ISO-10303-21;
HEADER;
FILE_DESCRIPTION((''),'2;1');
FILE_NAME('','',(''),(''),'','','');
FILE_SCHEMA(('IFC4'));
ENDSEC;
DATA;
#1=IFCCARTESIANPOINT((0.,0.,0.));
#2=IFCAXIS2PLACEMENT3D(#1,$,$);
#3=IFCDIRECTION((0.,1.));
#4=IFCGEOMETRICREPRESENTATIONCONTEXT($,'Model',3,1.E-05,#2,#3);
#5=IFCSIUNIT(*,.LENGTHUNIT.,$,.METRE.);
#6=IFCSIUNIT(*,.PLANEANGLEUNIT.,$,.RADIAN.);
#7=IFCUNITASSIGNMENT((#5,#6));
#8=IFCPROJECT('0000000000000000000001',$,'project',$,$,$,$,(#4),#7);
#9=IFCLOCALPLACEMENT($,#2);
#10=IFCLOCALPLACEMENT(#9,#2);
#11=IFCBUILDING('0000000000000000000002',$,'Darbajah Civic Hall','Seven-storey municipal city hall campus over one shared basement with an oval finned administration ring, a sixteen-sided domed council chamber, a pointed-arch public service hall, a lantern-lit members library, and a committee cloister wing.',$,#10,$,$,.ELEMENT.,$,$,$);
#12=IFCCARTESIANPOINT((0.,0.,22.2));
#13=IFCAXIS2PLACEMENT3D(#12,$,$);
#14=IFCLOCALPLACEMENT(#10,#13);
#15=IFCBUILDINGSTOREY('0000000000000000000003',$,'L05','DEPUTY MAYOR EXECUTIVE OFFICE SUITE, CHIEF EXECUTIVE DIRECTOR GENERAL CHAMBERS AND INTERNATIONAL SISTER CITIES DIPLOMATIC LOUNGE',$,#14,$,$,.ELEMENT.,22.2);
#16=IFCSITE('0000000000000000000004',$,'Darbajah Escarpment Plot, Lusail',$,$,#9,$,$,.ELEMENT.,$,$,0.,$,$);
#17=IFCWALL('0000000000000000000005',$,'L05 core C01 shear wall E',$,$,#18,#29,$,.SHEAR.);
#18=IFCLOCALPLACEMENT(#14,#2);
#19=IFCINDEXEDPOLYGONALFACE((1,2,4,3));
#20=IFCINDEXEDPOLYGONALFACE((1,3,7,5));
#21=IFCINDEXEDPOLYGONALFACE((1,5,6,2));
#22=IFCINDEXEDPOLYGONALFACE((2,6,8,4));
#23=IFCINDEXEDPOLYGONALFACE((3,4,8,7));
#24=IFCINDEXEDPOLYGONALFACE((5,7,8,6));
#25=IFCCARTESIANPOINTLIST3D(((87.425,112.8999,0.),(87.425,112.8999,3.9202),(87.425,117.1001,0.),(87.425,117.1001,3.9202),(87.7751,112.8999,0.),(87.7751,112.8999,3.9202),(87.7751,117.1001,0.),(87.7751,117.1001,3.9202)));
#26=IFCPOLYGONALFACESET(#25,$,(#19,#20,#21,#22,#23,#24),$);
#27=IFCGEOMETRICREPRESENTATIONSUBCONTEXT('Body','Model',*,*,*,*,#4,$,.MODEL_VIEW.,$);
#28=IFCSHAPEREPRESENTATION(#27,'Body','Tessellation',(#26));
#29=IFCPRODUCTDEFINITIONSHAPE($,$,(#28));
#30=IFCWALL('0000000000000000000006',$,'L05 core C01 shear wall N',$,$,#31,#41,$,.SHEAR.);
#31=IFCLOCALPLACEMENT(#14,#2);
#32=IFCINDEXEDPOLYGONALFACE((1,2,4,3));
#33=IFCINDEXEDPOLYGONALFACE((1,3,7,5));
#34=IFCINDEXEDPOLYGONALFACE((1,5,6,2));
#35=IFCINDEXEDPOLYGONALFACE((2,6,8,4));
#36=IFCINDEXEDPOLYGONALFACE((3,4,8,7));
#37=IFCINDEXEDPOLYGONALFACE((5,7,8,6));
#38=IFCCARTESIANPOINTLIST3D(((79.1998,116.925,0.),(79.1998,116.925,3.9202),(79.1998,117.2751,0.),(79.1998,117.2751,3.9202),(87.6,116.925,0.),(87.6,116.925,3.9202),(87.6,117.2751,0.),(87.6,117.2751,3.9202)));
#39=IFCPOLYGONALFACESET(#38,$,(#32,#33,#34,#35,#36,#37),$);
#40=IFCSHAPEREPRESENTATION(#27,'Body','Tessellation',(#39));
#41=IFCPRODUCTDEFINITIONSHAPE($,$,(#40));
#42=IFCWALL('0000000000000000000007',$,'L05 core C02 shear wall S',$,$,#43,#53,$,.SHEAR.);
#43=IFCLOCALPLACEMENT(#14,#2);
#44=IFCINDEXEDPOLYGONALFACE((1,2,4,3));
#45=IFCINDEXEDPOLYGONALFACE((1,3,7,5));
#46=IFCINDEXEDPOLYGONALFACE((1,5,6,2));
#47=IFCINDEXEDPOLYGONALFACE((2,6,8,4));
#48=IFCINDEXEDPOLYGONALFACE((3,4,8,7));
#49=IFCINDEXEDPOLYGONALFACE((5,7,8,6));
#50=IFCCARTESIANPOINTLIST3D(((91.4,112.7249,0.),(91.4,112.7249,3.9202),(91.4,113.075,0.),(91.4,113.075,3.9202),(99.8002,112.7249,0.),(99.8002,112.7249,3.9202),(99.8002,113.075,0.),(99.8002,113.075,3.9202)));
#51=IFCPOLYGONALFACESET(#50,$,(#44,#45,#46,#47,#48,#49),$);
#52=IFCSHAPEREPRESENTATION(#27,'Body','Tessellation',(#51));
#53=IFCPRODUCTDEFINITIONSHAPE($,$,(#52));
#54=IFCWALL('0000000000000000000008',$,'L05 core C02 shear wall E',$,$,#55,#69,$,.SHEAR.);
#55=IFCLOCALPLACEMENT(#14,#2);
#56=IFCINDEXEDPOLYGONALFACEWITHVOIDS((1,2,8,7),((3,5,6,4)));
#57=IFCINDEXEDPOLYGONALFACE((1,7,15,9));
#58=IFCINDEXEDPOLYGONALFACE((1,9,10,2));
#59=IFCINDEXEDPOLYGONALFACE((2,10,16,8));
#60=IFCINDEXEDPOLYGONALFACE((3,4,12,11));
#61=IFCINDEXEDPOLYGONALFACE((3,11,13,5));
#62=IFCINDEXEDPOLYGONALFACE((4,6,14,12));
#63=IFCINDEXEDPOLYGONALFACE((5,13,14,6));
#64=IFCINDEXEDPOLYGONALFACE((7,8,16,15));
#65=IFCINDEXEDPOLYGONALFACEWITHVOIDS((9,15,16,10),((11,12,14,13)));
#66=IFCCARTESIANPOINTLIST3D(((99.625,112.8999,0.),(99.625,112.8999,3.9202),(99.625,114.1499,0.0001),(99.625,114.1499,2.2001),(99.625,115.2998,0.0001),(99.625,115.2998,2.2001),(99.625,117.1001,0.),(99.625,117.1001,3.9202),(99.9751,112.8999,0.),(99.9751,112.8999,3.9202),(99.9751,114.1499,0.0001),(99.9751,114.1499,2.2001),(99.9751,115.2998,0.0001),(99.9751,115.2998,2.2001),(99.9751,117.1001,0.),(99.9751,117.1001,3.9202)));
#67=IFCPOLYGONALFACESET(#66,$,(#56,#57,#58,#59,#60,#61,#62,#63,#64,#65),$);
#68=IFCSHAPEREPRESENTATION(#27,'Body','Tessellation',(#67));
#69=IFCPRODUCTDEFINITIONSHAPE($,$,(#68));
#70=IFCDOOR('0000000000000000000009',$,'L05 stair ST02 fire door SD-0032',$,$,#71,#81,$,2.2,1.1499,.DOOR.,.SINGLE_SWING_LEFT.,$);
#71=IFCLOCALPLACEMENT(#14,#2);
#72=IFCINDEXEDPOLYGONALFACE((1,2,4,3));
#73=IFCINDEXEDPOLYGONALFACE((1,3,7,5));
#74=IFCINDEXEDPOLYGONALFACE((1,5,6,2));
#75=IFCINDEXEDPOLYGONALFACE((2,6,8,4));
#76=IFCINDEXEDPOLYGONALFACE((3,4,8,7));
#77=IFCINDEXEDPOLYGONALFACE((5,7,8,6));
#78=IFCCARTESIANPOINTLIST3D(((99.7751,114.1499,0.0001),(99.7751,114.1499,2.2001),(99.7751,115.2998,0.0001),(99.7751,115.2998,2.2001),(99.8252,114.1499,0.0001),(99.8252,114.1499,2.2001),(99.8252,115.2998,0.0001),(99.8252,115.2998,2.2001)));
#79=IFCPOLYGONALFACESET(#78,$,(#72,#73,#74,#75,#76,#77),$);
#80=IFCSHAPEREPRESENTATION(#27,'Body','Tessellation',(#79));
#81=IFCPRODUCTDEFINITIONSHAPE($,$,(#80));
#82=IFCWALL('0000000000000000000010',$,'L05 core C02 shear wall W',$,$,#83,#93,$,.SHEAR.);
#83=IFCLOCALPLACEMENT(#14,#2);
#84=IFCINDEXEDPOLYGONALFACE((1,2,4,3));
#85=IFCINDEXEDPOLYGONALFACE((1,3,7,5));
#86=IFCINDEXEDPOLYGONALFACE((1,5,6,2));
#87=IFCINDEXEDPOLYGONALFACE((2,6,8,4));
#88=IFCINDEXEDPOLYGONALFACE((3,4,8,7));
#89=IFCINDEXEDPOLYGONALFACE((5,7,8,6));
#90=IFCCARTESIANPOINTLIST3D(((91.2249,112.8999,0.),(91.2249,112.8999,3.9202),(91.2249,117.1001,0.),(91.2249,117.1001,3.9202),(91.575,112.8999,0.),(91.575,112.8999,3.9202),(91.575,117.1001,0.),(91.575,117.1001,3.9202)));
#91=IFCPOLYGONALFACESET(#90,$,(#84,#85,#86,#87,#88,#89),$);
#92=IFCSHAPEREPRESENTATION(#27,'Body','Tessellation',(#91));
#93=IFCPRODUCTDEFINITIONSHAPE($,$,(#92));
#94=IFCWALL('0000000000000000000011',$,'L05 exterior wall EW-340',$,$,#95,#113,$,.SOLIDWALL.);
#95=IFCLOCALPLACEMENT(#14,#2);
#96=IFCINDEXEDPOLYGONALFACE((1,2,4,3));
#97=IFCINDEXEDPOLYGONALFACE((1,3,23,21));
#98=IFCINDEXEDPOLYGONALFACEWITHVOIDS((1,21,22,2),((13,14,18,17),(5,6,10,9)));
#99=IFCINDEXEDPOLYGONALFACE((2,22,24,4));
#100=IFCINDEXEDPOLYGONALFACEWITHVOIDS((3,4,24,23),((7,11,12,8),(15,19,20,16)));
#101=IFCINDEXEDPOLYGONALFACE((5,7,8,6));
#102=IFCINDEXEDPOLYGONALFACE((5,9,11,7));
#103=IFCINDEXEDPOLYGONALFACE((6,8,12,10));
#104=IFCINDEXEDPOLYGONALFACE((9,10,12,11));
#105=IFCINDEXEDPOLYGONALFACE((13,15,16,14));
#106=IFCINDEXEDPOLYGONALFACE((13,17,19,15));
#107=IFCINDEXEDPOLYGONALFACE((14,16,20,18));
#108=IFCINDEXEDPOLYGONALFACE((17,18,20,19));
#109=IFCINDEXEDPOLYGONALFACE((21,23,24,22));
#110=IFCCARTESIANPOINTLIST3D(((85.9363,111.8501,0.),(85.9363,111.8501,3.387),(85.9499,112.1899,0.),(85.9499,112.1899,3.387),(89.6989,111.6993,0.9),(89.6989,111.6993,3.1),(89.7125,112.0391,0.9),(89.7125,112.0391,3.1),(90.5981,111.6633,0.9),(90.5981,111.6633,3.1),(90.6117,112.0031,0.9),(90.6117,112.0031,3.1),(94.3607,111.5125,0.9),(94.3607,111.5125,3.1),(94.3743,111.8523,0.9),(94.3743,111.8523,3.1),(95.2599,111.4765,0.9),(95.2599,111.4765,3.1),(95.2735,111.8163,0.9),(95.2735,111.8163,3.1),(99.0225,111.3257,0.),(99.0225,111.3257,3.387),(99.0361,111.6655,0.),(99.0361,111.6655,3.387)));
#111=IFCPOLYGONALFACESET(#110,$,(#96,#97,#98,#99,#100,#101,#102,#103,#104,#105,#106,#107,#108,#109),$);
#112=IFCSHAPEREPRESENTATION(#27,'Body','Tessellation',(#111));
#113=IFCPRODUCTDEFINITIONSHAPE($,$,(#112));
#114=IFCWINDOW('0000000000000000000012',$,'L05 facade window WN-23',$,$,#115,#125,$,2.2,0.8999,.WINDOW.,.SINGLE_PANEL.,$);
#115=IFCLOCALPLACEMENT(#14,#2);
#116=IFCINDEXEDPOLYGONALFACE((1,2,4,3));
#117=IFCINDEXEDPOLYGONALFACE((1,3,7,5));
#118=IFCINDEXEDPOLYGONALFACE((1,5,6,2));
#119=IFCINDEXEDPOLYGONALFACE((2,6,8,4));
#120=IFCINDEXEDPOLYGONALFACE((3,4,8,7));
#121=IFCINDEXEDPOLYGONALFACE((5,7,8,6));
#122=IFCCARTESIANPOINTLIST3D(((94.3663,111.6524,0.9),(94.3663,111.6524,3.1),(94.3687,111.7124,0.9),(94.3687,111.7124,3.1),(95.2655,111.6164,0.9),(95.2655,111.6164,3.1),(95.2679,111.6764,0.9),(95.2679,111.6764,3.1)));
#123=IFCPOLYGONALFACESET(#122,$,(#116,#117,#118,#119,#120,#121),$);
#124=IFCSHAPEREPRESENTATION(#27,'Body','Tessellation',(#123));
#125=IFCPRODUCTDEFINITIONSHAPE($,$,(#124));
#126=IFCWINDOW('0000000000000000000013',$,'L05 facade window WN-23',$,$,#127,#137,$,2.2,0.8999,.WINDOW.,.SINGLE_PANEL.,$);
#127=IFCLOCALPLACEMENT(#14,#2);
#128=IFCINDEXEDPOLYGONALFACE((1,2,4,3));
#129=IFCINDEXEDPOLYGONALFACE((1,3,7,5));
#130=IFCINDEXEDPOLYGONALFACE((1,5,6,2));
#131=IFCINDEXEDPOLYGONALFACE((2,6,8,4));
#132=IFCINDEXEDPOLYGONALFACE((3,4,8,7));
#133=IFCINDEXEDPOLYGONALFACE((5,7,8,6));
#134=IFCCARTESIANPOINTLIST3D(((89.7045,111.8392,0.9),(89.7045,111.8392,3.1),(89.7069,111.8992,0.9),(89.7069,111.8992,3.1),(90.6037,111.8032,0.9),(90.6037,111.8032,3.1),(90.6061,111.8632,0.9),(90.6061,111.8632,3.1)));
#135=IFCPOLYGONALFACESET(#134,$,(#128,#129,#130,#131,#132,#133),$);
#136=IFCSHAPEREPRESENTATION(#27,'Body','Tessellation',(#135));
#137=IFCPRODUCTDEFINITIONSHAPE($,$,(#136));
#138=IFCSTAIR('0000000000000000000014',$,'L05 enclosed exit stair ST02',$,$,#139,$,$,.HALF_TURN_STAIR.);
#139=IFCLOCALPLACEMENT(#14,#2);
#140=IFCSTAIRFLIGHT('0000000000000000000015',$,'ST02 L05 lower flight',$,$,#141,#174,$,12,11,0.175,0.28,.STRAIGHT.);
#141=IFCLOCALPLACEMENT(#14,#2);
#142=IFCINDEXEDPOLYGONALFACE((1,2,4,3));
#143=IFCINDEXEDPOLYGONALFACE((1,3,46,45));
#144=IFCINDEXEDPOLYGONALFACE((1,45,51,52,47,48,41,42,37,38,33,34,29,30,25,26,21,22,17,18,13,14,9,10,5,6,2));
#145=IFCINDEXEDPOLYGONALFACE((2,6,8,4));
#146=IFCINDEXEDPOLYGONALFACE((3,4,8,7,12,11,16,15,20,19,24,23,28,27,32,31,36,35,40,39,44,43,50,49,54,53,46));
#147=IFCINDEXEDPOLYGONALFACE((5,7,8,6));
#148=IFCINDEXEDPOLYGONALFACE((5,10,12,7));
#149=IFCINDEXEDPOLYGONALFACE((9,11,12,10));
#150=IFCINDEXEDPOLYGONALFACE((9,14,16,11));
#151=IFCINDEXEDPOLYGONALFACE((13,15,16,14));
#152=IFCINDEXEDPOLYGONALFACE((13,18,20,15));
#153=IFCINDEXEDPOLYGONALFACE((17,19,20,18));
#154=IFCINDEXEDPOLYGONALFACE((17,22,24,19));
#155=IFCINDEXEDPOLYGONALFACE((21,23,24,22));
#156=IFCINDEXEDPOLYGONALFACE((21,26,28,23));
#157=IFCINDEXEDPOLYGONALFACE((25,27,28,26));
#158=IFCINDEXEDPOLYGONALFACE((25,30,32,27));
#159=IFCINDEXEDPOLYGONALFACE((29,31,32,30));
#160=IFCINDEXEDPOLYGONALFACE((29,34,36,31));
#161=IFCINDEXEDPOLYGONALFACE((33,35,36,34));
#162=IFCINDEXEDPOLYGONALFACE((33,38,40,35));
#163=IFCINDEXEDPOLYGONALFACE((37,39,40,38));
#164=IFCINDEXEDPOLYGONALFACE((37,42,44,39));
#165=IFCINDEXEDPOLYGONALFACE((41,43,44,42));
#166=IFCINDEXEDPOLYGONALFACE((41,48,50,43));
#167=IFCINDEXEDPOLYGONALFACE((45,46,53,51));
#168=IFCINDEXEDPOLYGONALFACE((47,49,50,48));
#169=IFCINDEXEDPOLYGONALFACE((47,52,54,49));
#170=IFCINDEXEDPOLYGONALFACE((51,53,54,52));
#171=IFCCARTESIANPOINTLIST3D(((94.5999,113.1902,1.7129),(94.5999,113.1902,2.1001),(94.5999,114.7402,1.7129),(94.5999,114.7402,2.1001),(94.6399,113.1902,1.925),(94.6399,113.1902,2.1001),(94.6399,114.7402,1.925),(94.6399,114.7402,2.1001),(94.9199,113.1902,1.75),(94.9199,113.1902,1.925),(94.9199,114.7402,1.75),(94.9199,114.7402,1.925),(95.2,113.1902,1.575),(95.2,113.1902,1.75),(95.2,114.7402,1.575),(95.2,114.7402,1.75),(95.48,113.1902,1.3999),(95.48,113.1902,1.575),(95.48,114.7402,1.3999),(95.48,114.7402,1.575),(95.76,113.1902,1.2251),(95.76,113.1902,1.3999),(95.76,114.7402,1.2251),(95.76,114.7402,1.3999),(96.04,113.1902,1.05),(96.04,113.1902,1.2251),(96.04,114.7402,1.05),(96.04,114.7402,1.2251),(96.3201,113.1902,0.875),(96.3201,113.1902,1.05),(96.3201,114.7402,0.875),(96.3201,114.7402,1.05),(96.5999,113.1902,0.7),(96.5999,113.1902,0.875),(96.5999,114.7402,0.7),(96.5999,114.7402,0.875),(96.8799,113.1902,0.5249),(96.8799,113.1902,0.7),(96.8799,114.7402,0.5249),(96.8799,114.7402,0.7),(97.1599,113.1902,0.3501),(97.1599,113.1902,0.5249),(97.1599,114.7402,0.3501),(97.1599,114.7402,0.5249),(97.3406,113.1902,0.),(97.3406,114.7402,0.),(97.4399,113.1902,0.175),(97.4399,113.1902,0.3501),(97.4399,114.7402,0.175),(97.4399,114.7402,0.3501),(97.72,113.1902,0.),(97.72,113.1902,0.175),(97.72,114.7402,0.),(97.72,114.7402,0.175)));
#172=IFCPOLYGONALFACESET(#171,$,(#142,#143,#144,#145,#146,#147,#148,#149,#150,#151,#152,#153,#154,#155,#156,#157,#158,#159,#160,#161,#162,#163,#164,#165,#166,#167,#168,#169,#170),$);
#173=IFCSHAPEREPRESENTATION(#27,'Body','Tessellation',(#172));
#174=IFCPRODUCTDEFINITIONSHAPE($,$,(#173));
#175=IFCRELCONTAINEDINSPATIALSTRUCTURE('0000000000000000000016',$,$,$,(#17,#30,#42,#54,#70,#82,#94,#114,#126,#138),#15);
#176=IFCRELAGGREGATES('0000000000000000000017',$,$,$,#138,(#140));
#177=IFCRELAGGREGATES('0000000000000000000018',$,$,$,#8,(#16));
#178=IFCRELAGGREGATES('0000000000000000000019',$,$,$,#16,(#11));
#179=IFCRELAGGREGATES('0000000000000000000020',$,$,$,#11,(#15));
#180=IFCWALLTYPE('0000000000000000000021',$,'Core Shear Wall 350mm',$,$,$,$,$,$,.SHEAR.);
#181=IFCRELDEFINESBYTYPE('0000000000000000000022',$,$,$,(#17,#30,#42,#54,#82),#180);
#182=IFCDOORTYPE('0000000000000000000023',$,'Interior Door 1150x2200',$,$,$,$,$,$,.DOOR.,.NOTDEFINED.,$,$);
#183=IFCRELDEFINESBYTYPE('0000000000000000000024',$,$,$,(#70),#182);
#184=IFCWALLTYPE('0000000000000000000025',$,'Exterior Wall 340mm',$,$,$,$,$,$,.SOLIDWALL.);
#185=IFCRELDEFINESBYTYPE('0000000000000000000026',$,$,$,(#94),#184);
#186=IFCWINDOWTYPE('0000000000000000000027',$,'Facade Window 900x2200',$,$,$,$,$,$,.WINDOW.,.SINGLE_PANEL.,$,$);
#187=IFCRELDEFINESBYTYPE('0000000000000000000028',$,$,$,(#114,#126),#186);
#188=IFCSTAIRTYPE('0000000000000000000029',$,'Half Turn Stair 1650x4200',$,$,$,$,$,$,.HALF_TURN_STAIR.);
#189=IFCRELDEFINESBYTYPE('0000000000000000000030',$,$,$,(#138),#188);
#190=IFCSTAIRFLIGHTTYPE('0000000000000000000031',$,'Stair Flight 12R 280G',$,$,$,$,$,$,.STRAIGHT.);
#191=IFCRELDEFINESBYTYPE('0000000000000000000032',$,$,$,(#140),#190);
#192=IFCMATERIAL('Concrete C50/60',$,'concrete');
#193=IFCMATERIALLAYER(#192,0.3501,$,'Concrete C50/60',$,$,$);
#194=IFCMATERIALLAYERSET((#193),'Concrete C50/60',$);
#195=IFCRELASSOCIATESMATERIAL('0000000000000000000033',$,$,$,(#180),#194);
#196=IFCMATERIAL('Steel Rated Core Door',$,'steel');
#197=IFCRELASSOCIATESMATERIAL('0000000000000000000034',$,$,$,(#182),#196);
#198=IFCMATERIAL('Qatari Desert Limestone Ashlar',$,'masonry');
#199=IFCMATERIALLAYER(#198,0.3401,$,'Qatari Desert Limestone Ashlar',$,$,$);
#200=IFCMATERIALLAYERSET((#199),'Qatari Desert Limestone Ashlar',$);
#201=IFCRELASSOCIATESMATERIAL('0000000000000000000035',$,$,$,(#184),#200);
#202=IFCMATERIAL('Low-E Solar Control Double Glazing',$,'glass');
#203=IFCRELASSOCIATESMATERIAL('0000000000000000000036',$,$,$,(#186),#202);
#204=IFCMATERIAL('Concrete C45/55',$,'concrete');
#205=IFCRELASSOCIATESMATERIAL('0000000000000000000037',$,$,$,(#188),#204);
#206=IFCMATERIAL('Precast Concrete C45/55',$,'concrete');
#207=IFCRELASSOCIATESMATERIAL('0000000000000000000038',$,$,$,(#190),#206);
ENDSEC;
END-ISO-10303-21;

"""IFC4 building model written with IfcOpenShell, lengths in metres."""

from ifc_helpers import new_model, si_unit, direction, frame, frame_2d, origin, place, context, subcontext, project, spatial, polyline, rectangle, outline, extrude, material, layer, layer_set, type_object, element, fill, aggregate, save


model = new_model("IFC4")

# Units and contexts
model_context = context("Model", 3, precision=1e-05, world=origin(), true_north=direction((0.0, 1.0)))
body_context = subcontext(model_context, "Body", "Model", "MODEL_VIEW")
ifc_project = project(units=[si_unit("LENGTHUNIT", "METRE"), si_unit("PLANEANGLEUNIT", "RADIAN")], contexts=[model_context])

# Site, building, storey
site_placement = place(None, origin())
site = spatial("IfcSite", under=ifc_project, at=site_placement, Name="Darbajah Escarpment Plot, Lusail", CompositionType="ELEMENT", RefElevation=0.0)
building_placement = place(site_placement, origin())
building = spatial("IfcBuilding", under=site, at=building_placement, Name="Darbajah Civic Hall", Description="Seven-storey municipal city hall campus over one shared basement with an oval finned administration ring, a sixteen-sided domed council chamber, a pointed-arch public service hall, a lantern-lit members library, and a committee cloister wing.", CompositionType="ELEMENT")
storey_placement = place(building_placement, frame((0.0, 0.0, 22.2)))
storey = spatial("IfcBuildingStorey", under=building, at=storey_placement, Name="L05", Description="DEPUTY MAYOR EXECUTIVE OFFICE SUITE, CHIEF EXECUTIVE DIRECTOR GENERAL CHAMBERS AND INTERNATIONAL SISTER CITIES DIPLOMATIC LOUNGE", CompositionType="ELEMENT", Elevation=22.2)

# Shared definitions
ifc_material_1 = material(Name="Concrete C45/55", Category="concrete")

# Walls
ifc_material_2 = material(Name="Concrete C50/60", Category="concrete")
ifc_layer_1 = layer(ifc_material_2, 0.3501, Name="Concrete C50/60")
ifc_layer_set_1 = layer_set([ifc_layer_1], Name="Concrete C50/60")
wall_type_1 = type_object("IfcWallType", Name="Core Shear Wall 350mm", PredefinedType="SHEAR", material=ifc_layer_set_1)
wall_1_placement = place(storey_placement, frame((87.6001, 112.8999, 0.0), z_axis=(0.0, 0.0, 1.0), x_axis=(0.0, 1.0, 0.0)))
element("IfcWall", 1, at=wall_1_placement, inside=storey, type_object=wall_type_1, Name="L05 core C01 shear wall E", PredefinedType="SHEAR", context=body_context, shape_type="SweptSolid", body=[
    extrude(rectangle(XDim=4.2002, YDim=0.3501, at=frame_2d((2.1001, 0.0))), origin(), (0.0, 0.0, 1.0), 3.9202),
])
for number, where, z_axis, x_axis, name in (
    (2, (87.6001, 117.1001, 0.0), (0.0, 0.0, 1.0), (-1.0, 0.0, 0.0), "L05 core C01 shear wall N"),
    (3, (91.3999, 112.8999, 0.0), (0.0, 0.0, 1.0), (1.0, 0.0, 0.0), "L05 core C02 shear wall S"),
):
    element("IfcWall", number, at=place(storey_placement, frame(where, z_axis=z_axis, x_axis=x_axis)), inside=storey, type_object=wall_type_1, Name=name, PredefinedType="SHEAR", context=body_context, shape_type="SweptSolid", body=[
        extrude(rectangle(XDim=8.4001, YDim=0.3501, at=frame_2d((4.2002, 0.0))), origin(), (0.0, 0.0, 1.0), 3.9202),
    ])

# Wall, opening, door
wall_2_placement = place(storey_placement, frame((99.8, 112.8999, 0.0), z_axis=(0.0, 0.0, 1.0), x_axis=(0.0, 1.0, 0.0)))
wall_2 = element("IfcWall", 4, at=wall_2_placement, inside=storey, type_object=wall_type_1, Name="L05 core C02 shear wall E", PredefinedType="SHEAR", context=body_context, shape_type="SweptSolid", body=[
    extrude(rectangle(XDim=4.2002, YDim=0.3501, at=frame_2d((2.1001, 0.0))), origin(), (0.0, 0.0, 1.0), 3.9202),
])
opening_1_placement = place(wall_2_placement, frame((1.25, 0.0, 0.0)))
opening_1 = element("IfcOpeningElement", 5, at=opening_1_placement, cuts=wall_2, PredefinedType="OPENING", context=body_context, shape_type="SweptSolid", body=[
    extrude(rectangle(XDim=1.1499, YDim=2.2, at=frame_2d((0.575, 1.1001))), frame((0.0, 0.1851, 0.0), z_axis=(0.0, -1.0, 0.0), x_axis=(1.0, 0.0, 0.0)), (0.0, 0.0, 1.0), 0.3701),
])
ifc_material_3 = material(Name="Steel Rated Core Door", Category="steel")
door_type = type_object("IfcDoorType", Name="Interior Door 1150x2200", OperationType="NOTDEFINED", PredefinedType="DOOR", material=ifc_material_3)
door_placement = place(opening_1_placement, origin())
door = element("IfcDoor", 6, at=door_placement, inside=storey, type_object=door_type, Name="L05 stair ST02 fire door SD-0032", OperationType="SINGLE_SWING_LEFT", OverallHeight=2.2, OverallWidth=1.1499, PredefinedType="DOOR", context=body_context, shape_type="SweptSolid", body=[
    extrude(rectangle(XDim=1.1499, YDim=2.2, at=frame_2d((0.575, 1.1001))), frame((0.0, 0.0249, 0.0), z_axis=(0.0, -1.0, 0.0), x_axis=(1.0, 0.0, 0.0)), (0.0, 0.0, 1.0), 0.05),
])
fill(opening_1, door)

# Wall
wall_3_placement = place(storey_placement, frame((91.3999, 117.1001, 0.0), z_axis=(0.0, 0.0, 1.0), x_axis=(0.0, -1.0, 0.0)))
element("IfcWall", 7, at=wall_3_placement, inside=storey, type_object=wall_type_1, Name="L05 core C02 shear wall W", PredefinedType="SHEAR", context=body_context, shape_type="SweptSolid", body=[
    extrude(rectangle(XDim=4.2002, YDim=0.3501, at=frame_2d((2.1001, 0.0))), origin(), (0.0, 0.0, 1.0), 3.9202),
])

# Wall, openings, windows
ifc_material_4 = material(Name="Qatari Desert Limestone Ashlar", Category="masonry")
ifc_layer_2 = layer(ifc_material_4, 0.3401, Name="Qatari Desert Limestone Ashlar")
ifc_layer_set_2 = layer_set([ifc_layer_2], Name="Qatari Desert Limestone Ashlar")
wall_type_2 = type_object("IfcWallType", Name="Exterior Wall 340mm", PredefinedType="SOLIDWALL", material=ifc_layer_set_2)
wall_4_placement = place(storey_placement, frame((99.0293, 111.4956, 0.0), z_axis=(0.0, 0.0, 1.0), x_axis=(-0.999198, 0.040042, 0.0)))
wall_4 = element("IfcWall", 8, at=wall_4_placement, inside=storey, type_object=wall_type_2, Name="L05 exterior wall EW-340", PredefinedType="SOLIDWALL", context=body_context, shape_type="SweptSolid", body=[
    extrude(rectangle(XDim=13.0967, YDim=0.3401, at=frame_2d((6.5483, 0.0))), origin(), (0.0, 0.0, 1.0), 3.387),
])
opening_2_placement = place(wall_4_placement, frame((3.7656, 0.0, 0.8999)))
opening_2 = element("IfcOpeningElement", 9, at=opening_2_placement, cuts=wall_4, PredefinedType="OPENING", context=body_context, shape_type="SweptSolid", body=[
    extrude(rectangle(XDim=0.8999, YDim=2.2, at=frame_2d((0.45, 1.1001))), frame((0.0, 0.1799, 0.0), z_axis=(0.0, -1.0, 0.0), x_axis=(1.0, 0.0, 0.0)), (0.0, 0.0, 1.0), 0.3601),
])
opening_3_placement = place(wall_4_placement, frame((8.4312, 0.0, 0.8999)))
opening_3 = element("IfcOpeningElement", 10, at=opening_3_placement, cuts=wall_4, PredefinedType="OPENING", context=body_context, shape_type="SweptSolid", body=[
    extrude(rectangle(XDim=0.8999, YDim=2.2, at=frame_2d((0.45, 1.1001))), frame((0.0, 0.1799, 0.0), z_axis=(0.0, -1.0, 0.0), x_axis=(1.0, 0.0, 0.0)), (0.0, 0.0, 1.0), 0.3601),
])
ifc_material_5 = material(Name="Low-E Solar Control Double Glazing", Category="glass")
window_type = type_object("IfcWindowType", Name="Facade Window 900x2200", PartitioningType="SINGLE_PANEL", PredefinedType="WINDOW", material=ifc_material_5)
window_1_placement = place(opening_2_placement, origin())
window_1 = element("IfcWindow", 11, at=window_1_placement, inside=storey, type_object=window_type, Name="L05 facade window WN-23", OverallHeight=2.2, OverallWidth=0.8999, PartitioningType="SINGLE_PANEL", PredefinedType="WINDOW", context=body_context, shape_type="SweptSolid", body=[
    extrude(rectangle(XDim=0.8999, YDim=2.2, at=frame_2d((0.45, 1.1001))), frame((0.0, 0.03, 0.0), z_axis=(0.0, -1.0, 0.0), x_axis=(1.0, 0.0, 0.0)), (0.0, 0.0, 1.0), 0.0601),
])
fill(opening_2, window_1)
window_2_placement = place(opening_3_placement, origin())
window_2 = element("IfcWindow", 12, at=window_2_placement, inside=storey, type_object=window_type, Name="L05 facade window WN-23", OverallHeight=2.2, OverallWidth=0.8999, PartitioningType="SINGLE_PANEL", PredefinedType="WINDOW", context=body_context, shape_type="SweptSolid", body=[
    extrude(rectangle(XDim=0.8999, YDim=2.2, at=frame_2d((0.45, 1.1001))), frame((0.0, 0.03, 0.0), z_axis=(0.0, -1.0, 0.0), x_axis=(1.0, 0.0, 0.0)), (0.0, 0.0, 1.0), 0.0601),
])
fill(opening_3, window_2)

# Stair, stair flight
stair_type = type_object("IfcStairType", Name="Half Turn Stair 1650x4200", PredefinedType="HALF_TURN_STAIR", material=ifc_material_1)
stair_placement = place(storey_placement, origin())
stair = element("IfcStair", 13, at=stair_placement, inside=storey, type_object=stair_type, Name="L05 enclosed exit stair ST02", PredefinedType="HALF_TURN_STAIR")
ifc_material_6 = material(Name="Precast Concrete C45/55", Category="concrete")
stair_flight_type = type_object("IfcStairFlightType", Name="Stair Flight 12R 280G", PredefinedType="STRAIGHT", material=ifc_material_6)
stair_flight_1_placement = place(storey_placement, frame((97.72, 113.9651, 0.0), z_axis=(0.0, 0.0, 1.0), x_axis=(-1.0, 0.0, 0.0)))
stair_flight_1 = element("IfcStairFlight", 14, at=stair_flight_1_placement, type_object=stair_flight_type, Name="ST02 L05 lower flight", NumberOfRisers=12, NumberOfTreads=11, PredefinedType="STRAIGHT", RiserHeight=0.175, TreadLength=0.28, context=body_context, shape_type="SweptSolid", body=[
    extrude(outline(polyline([(0.0, 0.0), (0.0, 0.175), (0.28, 0.175), (0.28, 0.3501), (0.5601, 0.3501), (0.5601, 0.5249), (0.8401, 0.5249), (0.8401, 0.7), (1.1201, 0.7), (1.1201, 0.875), (1.3999, 0.875), (1.3999, 1.05), (1.6799, 1.05), (1.6799, 1.2251), (1.96, 1.2251), (1.96, 1.3999), (2.24, 1.3999), (2.24, 1.575), (2.52, 1.575), (2.52, 1.75), (2.8, 1.75), (2.8, 1.925), (3.0801, 1.925), (3.0801, 2.1001), (3.1201, 2.1001), (3.1201, 1.7129), (0.3794, 0.0), (0.0, 0.0)])), frame((0.0, 0.7749, 0.0), z_axis=(0.0, -1.0, 0.0), x_axis=(1.0, 0.0, 0.0)), (0.0, 0.0, 1.0), 1.55),
])
aggregate(stair, [stair_flight_1])

save(model, "model.ifc")
